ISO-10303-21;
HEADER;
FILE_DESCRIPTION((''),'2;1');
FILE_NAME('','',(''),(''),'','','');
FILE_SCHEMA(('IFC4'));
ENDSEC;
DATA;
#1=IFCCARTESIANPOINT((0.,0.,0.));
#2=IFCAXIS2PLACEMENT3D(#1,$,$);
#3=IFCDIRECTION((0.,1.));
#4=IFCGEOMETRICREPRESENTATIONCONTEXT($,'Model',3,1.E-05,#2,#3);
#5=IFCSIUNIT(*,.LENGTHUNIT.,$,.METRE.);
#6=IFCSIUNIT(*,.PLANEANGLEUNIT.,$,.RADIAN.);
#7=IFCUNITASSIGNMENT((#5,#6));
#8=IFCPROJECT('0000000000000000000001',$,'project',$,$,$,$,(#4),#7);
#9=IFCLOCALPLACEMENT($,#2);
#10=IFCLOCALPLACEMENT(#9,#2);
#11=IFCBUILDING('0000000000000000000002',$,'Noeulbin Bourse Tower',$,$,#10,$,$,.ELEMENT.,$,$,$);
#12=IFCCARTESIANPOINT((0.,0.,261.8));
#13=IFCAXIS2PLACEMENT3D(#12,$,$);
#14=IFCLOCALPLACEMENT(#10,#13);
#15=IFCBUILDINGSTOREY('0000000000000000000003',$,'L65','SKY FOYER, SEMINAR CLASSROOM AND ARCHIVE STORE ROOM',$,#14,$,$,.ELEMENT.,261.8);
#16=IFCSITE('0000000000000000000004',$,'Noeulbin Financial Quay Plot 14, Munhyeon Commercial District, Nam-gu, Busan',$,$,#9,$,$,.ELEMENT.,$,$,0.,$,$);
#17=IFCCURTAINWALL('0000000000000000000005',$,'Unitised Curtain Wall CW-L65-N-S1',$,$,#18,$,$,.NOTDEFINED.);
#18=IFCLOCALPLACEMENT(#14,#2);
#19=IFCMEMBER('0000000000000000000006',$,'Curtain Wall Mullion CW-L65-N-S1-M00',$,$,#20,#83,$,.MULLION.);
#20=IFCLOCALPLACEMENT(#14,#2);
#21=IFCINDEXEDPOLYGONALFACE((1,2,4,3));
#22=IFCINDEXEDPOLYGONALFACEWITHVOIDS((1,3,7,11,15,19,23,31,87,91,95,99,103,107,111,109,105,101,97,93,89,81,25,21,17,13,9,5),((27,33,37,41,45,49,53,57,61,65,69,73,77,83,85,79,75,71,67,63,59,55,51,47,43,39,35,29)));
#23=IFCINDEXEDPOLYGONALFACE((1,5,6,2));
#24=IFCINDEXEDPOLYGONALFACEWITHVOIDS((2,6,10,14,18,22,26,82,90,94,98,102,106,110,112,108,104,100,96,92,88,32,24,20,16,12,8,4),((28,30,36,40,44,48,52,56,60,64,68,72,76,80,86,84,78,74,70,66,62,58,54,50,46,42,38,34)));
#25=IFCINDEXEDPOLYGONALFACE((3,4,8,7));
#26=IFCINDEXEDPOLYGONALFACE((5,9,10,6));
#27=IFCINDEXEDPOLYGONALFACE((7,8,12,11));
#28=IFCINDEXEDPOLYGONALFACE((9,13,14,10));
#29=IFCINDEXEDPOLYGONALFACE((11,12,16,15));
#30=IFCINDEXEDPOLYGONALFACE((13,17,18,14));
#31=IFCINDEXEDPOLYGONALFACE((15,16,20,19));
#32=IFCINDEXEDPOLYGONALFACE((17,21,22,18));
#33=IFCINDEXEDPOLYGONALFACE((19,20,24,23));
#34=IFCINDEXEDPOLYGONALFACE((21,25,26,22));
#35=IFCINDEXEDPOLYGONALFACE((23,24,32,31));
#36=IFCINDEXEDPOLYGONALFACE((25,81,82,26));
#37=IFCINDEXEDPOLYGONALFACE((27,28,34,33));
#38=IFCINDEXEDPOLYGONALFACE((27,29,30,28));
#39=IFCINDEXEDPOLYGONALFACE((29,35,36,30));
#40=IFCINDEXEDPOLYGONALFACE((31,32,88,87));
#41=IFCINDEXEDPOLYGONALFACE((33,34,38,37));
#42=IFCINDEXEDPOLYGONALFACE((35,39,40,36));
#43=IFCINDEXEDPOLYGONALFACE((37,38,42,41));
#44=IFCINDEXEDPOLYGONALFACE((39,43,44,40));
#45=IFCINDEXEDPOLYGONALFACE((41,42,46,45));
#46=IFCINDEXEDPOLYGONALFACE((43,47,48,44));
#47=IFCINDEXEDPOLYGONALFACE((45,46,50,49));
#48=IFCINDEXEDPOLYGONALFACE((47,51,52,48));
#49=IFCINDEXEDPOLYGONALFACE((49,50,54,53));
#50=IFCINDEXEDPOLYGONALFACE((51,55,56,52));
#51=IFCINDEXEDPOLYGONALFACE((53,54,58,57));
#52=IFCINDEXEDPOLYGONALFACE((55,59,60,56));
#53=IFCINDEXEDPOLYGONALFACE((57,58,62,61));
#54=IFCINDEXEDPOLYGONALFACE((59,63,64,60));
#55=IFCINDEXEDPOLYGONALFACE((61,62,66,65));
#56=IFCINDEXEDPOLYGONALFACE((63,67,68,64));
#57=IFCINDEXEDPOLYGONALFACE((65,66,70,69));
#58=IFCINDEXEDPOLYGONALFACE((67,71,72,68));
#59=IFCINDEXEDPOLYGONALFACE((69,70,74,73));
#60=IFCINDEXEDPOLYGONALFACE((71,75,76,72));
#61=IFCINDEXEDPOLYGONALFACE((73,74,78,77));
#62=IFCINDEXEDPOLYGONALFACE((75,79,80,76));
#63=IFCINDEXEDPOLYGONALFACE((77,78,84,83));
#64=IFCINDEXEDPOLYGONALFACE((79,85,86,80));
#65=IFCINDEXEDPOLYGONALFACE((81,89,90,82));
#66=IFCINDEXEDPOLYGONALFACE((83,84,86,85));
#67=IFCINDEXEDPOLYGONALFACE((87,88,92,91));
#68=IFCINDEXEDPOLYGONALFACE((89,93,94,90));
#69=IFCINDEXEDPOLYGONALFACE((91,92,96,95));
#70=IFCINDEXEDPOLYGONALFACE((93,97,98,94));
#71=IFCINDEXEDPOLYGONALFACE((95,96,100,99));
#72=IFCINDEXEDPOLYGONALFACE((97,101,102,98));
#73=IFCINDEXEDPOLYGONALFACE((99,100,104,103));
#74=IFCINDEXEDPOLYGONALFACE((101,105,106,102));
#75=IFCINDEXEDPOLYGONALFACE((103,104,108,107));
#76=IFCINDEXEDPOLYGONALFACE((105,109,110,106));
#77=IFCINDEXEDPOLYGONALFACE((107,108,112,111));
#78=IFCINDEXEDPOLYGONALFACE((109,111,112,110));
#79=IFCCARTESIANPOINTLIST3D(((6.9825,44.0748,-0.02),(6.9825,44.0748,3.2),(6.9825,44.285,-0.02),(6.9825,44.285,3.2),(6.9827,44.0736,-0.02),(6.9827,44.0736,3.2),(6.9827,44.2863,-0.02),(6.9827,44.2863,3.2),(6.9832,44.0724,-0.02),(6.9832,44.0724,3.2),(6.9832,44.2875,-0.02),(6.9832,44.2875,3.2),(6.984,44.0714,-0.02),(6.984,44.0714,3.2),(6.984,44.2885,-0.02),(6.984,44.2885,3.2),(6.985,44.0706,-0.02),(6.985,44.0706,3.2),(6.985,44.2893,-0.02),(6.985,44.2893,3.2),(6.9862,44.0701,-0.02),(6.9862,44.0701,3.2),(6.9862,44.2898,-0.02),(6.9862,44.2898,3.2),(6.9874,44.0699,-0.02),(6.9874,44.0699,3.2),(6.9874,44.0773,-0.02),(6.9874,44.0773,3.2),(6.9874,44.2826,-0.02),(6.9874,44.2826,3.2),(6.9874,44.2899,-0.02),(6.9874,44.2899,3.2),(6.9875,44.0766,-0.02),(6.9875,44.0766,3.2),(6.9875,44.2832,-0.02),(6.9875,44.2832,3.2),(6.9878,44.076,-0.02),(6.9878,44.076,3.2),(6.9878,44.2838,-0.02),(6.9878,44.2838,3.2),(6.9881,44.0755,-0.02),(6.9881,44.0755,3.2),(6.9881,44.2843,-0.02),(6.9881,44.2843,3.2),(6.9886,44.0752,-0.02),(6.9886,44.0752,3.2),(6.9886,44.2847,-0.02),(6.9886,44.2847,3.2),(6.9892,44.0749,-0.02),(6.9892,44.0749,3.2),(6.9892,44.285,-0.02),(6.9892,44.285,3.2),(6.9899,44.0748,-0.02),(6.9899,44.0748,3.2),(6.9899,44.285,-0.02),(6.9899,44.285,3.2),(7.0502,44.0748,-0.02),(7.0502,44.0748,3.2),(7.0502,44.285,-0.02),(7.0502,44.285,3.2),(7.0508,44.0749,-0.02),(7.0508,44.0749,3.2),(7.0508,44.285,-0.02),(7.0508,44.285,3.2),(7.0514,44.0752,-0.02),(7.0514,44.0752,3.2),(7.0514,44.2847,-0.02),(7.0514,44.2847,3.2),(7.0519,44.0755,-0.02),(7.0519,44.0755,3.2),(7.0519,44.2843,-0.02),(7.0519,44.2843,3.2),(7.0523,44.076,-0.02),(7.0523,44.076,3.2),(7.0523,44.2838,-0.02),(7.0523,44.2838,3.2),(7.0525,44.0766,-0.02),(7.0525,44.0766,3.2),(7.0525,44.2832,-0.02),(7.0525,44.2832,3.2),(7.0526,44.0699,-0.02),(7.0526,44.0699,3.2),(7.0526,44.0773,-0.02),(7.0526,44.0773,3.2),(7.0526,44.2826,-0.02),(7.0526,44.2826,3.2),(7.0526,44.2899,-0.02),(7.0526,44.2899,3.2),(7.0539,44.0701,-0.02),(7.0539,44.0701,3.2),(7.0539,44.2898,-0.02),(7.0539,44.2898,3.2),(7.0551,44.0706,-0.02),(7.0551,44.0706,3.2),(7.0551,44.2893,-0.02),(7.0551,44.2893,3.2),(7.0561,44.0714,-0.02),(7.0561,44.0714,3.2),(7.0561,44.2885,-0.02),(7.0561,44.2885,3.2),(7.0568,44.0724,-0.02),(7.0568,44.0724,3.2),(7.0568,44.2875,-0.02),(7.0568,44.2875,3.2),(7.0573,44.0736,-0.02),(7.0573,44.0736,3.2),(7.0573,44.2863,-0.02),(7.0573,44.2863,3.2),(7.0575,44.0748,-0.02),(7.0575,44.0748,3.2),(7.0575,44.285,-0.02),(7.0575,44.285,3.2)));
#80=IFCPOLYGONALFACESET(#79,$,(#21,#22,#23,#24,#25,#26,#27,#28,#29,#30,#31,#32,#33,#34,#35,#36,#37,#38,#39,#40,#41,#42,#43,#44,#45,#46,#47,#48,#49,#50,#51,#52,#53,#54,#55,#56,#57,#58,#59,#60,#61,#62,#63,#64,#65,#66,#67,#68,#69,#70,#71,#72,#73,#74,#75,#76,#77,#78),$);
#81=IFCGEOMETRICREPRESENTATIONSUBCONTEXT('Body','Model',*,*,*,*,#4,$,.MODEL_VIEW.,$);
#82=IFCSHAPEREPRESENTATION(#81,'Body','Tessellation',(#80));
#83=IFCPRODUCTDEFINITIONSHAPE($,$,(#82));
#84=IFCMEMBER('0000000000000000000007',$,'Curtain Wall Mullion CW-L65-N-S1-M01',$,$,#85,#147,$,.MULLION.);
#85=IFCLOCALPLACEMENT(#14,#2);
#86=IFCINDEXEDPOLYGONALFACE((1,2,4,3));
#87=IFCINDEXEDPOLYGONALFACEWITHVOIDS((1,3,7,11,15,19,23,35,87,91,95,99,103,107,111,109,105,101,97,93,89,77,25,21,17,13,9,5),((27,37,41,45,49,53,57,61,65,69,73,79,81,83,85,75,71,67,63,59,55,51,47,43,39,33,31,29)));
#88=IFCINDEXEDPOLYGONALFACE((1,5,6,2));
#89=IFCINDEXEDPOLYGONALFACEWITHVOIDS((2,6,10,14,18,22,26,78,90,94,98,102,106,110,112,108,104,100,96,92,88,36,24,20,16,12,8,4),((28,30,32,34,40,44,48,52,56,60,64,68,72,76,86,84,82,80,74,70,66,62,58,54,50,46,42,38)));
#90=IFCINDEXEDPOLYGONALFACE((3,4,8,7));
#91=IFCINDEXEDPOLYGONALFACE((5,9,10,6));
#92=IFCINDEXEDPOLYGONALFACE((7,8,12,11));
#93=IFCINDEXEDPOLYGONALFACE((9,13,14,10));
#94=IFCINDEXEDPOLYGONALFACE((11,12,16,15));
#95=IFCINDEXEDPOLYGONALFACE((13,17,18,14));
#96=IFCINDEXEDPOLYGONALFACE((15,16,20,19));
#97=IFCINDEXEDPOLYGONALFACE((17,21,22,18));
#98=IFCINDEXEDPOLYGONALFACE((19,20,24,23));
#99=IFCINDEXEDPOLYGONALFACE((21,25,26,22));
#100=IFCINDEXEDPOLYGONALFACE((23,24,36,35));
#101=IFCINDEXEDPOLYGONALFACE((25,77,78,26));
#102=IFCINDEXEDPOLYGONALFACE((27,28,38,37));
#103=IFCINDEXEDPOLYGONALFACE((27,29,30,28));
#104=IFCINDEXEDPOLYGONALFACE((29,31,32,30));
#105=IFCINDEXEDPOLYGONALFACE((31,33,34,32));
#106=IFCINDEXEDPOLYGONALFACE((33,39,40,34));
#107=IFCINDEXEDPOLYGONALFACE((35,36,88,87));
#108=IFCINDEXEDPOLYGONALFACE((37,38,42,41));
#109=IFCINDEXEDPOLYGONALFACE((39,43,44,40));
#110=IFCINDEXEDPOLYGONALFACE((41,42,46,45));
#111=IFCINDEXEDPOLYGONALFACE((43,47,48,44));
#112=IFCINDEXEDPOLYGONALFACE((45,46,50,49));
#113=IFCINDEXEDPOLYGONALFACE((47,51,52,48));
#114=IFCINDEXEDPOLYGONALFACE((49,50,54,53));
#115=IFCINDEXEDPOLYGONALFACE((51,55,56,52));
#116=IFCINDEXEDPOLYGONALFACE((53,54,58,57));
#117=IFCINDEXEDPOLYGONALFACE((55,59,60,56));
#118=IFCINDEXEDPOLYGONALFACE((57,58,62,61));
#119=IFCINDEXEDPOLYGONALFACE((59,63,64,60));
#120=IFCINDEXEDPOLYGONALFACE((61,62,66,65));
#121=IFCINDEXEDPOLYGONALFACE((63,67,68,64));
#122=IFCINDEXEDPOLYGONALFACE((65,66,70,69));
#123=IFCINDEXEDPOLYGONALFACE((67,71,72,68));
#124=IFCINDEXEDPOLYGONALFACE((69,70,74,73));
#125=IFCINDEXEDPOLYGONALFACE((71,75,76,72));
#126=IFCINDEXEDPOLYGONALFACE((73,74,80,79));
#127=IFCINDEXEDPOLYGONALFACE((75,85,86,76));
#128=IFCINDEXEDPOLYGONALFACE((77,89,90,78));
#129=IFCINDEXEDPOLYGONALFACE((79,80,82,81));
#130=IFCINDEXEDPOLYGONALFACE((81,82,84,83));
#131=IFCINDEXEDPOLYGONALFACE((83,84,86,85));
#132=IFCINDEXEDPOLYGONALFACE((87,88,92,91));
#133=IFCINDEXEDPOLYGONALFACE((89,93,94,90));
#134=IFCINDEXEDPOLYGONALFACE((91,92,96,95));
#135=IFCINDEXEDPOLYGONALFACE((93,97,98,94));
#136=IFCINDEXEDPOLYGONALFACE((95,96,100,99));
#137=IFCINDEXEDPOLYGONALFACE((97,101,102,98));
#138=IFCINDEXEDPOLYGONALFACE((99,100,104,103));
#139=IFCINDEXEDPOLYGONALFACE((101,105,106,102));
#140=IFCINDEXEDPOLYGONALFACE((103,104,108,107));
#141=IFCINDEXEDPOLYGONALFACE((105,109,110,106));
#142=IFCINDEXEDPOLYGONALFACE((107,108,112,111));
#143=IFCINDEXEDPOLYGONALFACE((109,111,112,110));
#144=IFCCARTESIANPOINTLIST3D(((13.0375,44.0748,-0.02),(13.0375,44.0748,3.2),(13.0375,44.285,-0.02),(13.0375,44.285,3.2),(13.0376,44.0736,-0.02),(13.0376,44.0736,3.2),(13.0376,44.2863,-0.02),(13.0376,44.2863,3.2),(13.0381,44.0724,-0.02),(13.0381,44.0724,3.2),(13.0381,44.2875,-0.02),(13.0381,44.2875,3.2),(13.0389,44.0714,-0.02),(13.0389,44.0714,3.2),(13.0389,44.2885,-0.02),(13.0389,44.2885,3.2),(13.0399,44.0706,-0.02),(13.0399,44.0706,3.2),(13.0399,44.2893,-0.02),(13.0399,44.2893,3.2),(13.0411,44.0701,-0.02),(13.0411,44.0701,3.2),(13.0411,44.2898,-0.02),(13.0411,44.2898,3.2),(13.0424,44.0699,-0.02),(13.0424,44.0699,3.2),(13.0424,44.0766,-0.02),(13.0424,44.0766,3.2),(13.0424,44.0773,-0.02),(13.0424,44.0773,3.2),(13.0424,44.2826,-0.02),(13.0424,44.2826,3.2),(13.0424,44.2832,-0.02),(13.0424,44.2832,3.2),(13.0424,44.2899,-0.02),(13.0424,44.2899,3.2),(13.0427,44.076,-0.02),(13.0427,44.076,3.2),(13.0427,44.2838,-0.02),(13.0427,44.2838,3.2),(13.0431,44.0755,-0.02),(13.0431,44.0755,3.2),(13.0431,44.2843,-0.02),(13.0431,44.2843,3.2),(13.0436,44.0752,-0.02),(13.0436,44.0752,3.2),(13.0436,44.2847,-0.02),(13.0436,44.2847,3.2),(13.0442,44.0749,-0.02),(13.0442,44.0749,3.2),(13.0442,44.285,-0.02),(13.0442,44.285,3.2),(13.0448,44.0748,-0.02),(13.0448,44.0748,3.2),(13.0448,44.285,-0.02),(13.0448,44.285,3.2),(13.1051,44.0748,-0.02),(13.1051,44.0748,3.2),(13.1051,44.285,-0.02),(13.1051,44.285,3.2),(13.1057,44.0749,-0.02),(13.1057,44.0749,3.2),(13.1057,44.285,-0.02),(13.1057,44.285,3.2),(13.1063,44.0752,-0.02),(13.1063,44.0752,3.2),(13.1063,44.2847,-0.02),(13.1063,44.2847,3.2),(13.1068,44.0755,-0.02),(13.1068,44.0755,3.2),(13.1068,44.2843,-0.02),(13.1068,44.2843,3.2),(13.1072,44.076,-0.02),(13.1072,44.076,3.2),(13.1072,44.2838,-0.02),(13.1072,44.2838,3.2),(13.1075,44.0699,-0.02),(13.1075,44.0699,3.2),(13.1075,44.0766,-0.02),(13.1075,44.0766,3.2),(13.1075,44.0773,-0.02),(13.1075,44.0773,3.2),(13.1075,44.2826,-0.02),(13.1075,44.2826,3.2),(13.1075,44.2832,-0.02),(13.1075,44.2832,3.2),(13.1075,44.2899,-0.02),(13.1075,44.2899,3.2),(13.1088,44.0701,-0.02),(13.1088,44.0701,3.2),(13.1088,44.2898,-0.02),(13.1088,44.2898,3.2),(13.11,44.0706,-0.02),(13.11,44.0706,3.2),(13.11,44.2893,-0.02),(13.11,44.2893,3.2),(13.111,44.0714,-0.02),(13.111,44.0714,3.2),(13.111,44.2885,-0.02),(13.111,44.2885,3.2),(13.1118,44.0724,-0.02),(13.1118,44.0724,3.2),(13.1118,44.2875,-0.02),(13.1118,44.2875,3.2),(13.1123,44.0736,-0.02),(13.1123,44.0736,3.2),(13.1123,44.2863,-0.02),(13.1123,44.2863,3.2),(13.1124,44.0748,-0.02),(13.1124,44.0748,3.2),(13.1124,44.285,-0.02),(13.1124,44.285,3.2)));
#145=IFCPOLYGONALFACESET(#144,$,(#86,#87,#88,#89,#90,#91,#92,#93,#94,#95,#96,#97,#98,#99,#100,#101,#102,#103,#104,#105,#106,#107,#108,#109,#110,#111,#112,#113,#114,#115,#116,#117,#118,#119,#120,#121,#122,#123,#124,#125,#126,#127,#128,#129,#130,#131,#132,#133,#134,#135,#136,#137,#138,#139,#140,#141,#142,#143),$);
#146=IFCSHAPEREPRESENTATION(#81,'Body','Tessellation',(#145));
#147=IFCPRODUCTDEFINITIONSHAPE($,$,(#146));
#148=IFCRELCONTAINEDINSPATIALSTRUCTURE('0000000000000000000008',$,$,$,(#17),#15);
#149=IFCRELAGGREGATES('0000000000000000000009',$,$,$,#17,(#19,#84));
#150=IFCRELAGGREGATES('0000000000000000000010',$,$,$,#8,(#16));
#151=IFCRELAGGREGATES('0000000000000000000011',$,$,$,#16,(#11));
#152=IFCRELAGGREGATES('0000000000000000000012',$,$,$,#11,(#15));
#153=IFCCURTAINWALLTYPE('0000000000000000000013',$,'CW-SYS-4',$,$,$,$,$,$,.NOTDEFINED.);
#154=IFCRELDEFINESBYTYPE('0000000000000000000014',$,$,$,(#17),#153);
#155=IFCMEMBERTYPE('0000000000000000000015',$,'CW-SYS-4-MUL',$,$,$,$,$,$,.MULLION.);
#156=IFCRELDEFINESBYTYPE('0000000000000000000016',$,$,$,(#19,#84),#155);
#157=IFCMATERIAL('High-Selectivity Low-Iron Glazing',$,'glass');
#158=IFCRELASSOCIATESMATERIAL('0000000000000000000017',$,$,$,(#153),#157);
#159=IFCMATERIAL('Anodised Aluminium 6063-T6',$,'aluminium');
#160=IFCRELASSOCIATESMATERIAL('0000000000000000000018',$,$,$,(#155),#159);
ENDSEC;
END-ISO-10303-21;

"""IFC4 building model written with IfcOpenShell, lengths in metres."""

from ifc_helpers import new_model, si_unit, direction, frame, origin, origin_2d, place, context, subcontext, project, spatial, hollow_rectangle, extrude, material, material_profile, profile_set, type_object, element, aggregate, save


model = new_model("IFC4")

# Units and contexts
model_context = context("Model", 3, precision=1e-05, world=origin(), true_north=direction((0.0, 1.0)))
body_context = subcontext(model_context, "Body", "Model", "MODEL_VIEW")
ifc_project = project(units=[si_unit("LENGTHUNIT", "METRE"), si_unit("PLANEANGLEUNIT", "RADIAN")], contexts=[model_context])

# Site, building, storey
site_placement = place(None, origin())
site = spatial("IfcSite", under=ifc_project, at=site_placement, Name="Noeulbin Financial Quay Plot 14, Munhyeon Commercial District, Nam-gu, Busan", CompositionType="ELEMENT", RefElevation=0.0)
building_placement = place(site_placement, origin())
building = spatial("IfcBuilding", under=site, at=building_placement, Name="Noeulbin Bourse Tower", CompositionType="ELEMENT")
storey_placement = place(building_placement, frame((0.0, 0.0, 261.8)))
storey = spatial("IfcBuildingStorey", under=building, at=storey_placement, Name="L65", Description="SKY FOYER, SEMINAR CLASSROOM AND ARCHIVE STORE ROOM", CompositionType="ELEMENT", Elevation=261.8)

# Curtain wall, members
ifc_material_1 = material(Name="High-Selectivity Low-Iron Glazing", Category="glass")
curtain_wall_type = type_object("IfcCurtainWallType", Name="CW-SYS-4", PredefinedType="NOTDEFINED", material=ifc_material_1)
curtain_wall_1_placement = place(storey_placement, origin())
curtain_wall_1 = element("IfcCurtainWall", 1, at=curtain_wall_1_placement, inside=storey, type_object=curtain_wall_type, Name="Unitised Curtain Wall CW-L65-N-S1", PredefinedType="NOTDEFINED")
ifc_material_2 = material(Name="Anodised Aluminium 6063-T6", Category="aluminium")
ifc_material_profile_1 = material_profile(ifc_material_2, hollow_rectangle(XDim=0.075, YDim=0.22, WallThickness=0.0049, InnerFilletRadius=0.0024, OuterFilletRadius=0.0049, at=origin_2d()), Name="ALU-MULL-75x220x5", Category="LoadBearing")
ifc_profile_set_1 = profile_set([ifc_material_profile_1], Name="Anodised Aluminium 6063-T6")
member_type_1 = type_object("IfcMemberType", Name="CW-SYS-4-MUL", PredefinedType="MULLION", material=ifc_profile_set_1)
member_1_placement = place(storey_placement, frame((7.02, 44.1799, -0.02), z_axis=(0.0, 0.0, 1.0), x_axis=(1.0, 0.0, 0.0)))
member_1 = element("IfcMember", 2, at=member_1_placement, type_object=member_type_1, Name="Curtain Wall Mullion CW-L65-N-S1-M00", PredefinedType="MULLION", context=body_context, shape_type="SweptSolid", body=[
    extrude(hollow_rectangle(XDim=0.075, YDim=0.22, WallThickness=0.0049, InnerFilletRadius=0.0024, OuterFilletRadius=0.0049, at=origin_2d()), origin(), (0.0, 0.0, 1.0), 3.22),
])
member_2_placement = place(storey_placement, frame((13.075, 44.1799, -0.02), z_axis=(0.0, 0.0, 1.0), x_axis=(1.0, 0.0, 0.0)))
member_2 = element("IfcMember", 3, at=member_2_placement, type_object=member_type_1, Name="Curtain Wall Mullion CW-L65-N-S1-M01", PredefinedType="MULLION", context=body_context, shape_type="SweptSolid", body=[
    extrude(hollow_rectangle(XDim=0.075, YDim=0.22, WallThickness=0.0049, InnerFilletRadius=0.0024, OuterFilletRadius=0.0049, at=origin_2d()), origin(), (0.0, 0.0, 1.0), 3.22),
])

aggregate(curtain_wall_1, [member_1, member_2])

save(model, "model.ifc")
